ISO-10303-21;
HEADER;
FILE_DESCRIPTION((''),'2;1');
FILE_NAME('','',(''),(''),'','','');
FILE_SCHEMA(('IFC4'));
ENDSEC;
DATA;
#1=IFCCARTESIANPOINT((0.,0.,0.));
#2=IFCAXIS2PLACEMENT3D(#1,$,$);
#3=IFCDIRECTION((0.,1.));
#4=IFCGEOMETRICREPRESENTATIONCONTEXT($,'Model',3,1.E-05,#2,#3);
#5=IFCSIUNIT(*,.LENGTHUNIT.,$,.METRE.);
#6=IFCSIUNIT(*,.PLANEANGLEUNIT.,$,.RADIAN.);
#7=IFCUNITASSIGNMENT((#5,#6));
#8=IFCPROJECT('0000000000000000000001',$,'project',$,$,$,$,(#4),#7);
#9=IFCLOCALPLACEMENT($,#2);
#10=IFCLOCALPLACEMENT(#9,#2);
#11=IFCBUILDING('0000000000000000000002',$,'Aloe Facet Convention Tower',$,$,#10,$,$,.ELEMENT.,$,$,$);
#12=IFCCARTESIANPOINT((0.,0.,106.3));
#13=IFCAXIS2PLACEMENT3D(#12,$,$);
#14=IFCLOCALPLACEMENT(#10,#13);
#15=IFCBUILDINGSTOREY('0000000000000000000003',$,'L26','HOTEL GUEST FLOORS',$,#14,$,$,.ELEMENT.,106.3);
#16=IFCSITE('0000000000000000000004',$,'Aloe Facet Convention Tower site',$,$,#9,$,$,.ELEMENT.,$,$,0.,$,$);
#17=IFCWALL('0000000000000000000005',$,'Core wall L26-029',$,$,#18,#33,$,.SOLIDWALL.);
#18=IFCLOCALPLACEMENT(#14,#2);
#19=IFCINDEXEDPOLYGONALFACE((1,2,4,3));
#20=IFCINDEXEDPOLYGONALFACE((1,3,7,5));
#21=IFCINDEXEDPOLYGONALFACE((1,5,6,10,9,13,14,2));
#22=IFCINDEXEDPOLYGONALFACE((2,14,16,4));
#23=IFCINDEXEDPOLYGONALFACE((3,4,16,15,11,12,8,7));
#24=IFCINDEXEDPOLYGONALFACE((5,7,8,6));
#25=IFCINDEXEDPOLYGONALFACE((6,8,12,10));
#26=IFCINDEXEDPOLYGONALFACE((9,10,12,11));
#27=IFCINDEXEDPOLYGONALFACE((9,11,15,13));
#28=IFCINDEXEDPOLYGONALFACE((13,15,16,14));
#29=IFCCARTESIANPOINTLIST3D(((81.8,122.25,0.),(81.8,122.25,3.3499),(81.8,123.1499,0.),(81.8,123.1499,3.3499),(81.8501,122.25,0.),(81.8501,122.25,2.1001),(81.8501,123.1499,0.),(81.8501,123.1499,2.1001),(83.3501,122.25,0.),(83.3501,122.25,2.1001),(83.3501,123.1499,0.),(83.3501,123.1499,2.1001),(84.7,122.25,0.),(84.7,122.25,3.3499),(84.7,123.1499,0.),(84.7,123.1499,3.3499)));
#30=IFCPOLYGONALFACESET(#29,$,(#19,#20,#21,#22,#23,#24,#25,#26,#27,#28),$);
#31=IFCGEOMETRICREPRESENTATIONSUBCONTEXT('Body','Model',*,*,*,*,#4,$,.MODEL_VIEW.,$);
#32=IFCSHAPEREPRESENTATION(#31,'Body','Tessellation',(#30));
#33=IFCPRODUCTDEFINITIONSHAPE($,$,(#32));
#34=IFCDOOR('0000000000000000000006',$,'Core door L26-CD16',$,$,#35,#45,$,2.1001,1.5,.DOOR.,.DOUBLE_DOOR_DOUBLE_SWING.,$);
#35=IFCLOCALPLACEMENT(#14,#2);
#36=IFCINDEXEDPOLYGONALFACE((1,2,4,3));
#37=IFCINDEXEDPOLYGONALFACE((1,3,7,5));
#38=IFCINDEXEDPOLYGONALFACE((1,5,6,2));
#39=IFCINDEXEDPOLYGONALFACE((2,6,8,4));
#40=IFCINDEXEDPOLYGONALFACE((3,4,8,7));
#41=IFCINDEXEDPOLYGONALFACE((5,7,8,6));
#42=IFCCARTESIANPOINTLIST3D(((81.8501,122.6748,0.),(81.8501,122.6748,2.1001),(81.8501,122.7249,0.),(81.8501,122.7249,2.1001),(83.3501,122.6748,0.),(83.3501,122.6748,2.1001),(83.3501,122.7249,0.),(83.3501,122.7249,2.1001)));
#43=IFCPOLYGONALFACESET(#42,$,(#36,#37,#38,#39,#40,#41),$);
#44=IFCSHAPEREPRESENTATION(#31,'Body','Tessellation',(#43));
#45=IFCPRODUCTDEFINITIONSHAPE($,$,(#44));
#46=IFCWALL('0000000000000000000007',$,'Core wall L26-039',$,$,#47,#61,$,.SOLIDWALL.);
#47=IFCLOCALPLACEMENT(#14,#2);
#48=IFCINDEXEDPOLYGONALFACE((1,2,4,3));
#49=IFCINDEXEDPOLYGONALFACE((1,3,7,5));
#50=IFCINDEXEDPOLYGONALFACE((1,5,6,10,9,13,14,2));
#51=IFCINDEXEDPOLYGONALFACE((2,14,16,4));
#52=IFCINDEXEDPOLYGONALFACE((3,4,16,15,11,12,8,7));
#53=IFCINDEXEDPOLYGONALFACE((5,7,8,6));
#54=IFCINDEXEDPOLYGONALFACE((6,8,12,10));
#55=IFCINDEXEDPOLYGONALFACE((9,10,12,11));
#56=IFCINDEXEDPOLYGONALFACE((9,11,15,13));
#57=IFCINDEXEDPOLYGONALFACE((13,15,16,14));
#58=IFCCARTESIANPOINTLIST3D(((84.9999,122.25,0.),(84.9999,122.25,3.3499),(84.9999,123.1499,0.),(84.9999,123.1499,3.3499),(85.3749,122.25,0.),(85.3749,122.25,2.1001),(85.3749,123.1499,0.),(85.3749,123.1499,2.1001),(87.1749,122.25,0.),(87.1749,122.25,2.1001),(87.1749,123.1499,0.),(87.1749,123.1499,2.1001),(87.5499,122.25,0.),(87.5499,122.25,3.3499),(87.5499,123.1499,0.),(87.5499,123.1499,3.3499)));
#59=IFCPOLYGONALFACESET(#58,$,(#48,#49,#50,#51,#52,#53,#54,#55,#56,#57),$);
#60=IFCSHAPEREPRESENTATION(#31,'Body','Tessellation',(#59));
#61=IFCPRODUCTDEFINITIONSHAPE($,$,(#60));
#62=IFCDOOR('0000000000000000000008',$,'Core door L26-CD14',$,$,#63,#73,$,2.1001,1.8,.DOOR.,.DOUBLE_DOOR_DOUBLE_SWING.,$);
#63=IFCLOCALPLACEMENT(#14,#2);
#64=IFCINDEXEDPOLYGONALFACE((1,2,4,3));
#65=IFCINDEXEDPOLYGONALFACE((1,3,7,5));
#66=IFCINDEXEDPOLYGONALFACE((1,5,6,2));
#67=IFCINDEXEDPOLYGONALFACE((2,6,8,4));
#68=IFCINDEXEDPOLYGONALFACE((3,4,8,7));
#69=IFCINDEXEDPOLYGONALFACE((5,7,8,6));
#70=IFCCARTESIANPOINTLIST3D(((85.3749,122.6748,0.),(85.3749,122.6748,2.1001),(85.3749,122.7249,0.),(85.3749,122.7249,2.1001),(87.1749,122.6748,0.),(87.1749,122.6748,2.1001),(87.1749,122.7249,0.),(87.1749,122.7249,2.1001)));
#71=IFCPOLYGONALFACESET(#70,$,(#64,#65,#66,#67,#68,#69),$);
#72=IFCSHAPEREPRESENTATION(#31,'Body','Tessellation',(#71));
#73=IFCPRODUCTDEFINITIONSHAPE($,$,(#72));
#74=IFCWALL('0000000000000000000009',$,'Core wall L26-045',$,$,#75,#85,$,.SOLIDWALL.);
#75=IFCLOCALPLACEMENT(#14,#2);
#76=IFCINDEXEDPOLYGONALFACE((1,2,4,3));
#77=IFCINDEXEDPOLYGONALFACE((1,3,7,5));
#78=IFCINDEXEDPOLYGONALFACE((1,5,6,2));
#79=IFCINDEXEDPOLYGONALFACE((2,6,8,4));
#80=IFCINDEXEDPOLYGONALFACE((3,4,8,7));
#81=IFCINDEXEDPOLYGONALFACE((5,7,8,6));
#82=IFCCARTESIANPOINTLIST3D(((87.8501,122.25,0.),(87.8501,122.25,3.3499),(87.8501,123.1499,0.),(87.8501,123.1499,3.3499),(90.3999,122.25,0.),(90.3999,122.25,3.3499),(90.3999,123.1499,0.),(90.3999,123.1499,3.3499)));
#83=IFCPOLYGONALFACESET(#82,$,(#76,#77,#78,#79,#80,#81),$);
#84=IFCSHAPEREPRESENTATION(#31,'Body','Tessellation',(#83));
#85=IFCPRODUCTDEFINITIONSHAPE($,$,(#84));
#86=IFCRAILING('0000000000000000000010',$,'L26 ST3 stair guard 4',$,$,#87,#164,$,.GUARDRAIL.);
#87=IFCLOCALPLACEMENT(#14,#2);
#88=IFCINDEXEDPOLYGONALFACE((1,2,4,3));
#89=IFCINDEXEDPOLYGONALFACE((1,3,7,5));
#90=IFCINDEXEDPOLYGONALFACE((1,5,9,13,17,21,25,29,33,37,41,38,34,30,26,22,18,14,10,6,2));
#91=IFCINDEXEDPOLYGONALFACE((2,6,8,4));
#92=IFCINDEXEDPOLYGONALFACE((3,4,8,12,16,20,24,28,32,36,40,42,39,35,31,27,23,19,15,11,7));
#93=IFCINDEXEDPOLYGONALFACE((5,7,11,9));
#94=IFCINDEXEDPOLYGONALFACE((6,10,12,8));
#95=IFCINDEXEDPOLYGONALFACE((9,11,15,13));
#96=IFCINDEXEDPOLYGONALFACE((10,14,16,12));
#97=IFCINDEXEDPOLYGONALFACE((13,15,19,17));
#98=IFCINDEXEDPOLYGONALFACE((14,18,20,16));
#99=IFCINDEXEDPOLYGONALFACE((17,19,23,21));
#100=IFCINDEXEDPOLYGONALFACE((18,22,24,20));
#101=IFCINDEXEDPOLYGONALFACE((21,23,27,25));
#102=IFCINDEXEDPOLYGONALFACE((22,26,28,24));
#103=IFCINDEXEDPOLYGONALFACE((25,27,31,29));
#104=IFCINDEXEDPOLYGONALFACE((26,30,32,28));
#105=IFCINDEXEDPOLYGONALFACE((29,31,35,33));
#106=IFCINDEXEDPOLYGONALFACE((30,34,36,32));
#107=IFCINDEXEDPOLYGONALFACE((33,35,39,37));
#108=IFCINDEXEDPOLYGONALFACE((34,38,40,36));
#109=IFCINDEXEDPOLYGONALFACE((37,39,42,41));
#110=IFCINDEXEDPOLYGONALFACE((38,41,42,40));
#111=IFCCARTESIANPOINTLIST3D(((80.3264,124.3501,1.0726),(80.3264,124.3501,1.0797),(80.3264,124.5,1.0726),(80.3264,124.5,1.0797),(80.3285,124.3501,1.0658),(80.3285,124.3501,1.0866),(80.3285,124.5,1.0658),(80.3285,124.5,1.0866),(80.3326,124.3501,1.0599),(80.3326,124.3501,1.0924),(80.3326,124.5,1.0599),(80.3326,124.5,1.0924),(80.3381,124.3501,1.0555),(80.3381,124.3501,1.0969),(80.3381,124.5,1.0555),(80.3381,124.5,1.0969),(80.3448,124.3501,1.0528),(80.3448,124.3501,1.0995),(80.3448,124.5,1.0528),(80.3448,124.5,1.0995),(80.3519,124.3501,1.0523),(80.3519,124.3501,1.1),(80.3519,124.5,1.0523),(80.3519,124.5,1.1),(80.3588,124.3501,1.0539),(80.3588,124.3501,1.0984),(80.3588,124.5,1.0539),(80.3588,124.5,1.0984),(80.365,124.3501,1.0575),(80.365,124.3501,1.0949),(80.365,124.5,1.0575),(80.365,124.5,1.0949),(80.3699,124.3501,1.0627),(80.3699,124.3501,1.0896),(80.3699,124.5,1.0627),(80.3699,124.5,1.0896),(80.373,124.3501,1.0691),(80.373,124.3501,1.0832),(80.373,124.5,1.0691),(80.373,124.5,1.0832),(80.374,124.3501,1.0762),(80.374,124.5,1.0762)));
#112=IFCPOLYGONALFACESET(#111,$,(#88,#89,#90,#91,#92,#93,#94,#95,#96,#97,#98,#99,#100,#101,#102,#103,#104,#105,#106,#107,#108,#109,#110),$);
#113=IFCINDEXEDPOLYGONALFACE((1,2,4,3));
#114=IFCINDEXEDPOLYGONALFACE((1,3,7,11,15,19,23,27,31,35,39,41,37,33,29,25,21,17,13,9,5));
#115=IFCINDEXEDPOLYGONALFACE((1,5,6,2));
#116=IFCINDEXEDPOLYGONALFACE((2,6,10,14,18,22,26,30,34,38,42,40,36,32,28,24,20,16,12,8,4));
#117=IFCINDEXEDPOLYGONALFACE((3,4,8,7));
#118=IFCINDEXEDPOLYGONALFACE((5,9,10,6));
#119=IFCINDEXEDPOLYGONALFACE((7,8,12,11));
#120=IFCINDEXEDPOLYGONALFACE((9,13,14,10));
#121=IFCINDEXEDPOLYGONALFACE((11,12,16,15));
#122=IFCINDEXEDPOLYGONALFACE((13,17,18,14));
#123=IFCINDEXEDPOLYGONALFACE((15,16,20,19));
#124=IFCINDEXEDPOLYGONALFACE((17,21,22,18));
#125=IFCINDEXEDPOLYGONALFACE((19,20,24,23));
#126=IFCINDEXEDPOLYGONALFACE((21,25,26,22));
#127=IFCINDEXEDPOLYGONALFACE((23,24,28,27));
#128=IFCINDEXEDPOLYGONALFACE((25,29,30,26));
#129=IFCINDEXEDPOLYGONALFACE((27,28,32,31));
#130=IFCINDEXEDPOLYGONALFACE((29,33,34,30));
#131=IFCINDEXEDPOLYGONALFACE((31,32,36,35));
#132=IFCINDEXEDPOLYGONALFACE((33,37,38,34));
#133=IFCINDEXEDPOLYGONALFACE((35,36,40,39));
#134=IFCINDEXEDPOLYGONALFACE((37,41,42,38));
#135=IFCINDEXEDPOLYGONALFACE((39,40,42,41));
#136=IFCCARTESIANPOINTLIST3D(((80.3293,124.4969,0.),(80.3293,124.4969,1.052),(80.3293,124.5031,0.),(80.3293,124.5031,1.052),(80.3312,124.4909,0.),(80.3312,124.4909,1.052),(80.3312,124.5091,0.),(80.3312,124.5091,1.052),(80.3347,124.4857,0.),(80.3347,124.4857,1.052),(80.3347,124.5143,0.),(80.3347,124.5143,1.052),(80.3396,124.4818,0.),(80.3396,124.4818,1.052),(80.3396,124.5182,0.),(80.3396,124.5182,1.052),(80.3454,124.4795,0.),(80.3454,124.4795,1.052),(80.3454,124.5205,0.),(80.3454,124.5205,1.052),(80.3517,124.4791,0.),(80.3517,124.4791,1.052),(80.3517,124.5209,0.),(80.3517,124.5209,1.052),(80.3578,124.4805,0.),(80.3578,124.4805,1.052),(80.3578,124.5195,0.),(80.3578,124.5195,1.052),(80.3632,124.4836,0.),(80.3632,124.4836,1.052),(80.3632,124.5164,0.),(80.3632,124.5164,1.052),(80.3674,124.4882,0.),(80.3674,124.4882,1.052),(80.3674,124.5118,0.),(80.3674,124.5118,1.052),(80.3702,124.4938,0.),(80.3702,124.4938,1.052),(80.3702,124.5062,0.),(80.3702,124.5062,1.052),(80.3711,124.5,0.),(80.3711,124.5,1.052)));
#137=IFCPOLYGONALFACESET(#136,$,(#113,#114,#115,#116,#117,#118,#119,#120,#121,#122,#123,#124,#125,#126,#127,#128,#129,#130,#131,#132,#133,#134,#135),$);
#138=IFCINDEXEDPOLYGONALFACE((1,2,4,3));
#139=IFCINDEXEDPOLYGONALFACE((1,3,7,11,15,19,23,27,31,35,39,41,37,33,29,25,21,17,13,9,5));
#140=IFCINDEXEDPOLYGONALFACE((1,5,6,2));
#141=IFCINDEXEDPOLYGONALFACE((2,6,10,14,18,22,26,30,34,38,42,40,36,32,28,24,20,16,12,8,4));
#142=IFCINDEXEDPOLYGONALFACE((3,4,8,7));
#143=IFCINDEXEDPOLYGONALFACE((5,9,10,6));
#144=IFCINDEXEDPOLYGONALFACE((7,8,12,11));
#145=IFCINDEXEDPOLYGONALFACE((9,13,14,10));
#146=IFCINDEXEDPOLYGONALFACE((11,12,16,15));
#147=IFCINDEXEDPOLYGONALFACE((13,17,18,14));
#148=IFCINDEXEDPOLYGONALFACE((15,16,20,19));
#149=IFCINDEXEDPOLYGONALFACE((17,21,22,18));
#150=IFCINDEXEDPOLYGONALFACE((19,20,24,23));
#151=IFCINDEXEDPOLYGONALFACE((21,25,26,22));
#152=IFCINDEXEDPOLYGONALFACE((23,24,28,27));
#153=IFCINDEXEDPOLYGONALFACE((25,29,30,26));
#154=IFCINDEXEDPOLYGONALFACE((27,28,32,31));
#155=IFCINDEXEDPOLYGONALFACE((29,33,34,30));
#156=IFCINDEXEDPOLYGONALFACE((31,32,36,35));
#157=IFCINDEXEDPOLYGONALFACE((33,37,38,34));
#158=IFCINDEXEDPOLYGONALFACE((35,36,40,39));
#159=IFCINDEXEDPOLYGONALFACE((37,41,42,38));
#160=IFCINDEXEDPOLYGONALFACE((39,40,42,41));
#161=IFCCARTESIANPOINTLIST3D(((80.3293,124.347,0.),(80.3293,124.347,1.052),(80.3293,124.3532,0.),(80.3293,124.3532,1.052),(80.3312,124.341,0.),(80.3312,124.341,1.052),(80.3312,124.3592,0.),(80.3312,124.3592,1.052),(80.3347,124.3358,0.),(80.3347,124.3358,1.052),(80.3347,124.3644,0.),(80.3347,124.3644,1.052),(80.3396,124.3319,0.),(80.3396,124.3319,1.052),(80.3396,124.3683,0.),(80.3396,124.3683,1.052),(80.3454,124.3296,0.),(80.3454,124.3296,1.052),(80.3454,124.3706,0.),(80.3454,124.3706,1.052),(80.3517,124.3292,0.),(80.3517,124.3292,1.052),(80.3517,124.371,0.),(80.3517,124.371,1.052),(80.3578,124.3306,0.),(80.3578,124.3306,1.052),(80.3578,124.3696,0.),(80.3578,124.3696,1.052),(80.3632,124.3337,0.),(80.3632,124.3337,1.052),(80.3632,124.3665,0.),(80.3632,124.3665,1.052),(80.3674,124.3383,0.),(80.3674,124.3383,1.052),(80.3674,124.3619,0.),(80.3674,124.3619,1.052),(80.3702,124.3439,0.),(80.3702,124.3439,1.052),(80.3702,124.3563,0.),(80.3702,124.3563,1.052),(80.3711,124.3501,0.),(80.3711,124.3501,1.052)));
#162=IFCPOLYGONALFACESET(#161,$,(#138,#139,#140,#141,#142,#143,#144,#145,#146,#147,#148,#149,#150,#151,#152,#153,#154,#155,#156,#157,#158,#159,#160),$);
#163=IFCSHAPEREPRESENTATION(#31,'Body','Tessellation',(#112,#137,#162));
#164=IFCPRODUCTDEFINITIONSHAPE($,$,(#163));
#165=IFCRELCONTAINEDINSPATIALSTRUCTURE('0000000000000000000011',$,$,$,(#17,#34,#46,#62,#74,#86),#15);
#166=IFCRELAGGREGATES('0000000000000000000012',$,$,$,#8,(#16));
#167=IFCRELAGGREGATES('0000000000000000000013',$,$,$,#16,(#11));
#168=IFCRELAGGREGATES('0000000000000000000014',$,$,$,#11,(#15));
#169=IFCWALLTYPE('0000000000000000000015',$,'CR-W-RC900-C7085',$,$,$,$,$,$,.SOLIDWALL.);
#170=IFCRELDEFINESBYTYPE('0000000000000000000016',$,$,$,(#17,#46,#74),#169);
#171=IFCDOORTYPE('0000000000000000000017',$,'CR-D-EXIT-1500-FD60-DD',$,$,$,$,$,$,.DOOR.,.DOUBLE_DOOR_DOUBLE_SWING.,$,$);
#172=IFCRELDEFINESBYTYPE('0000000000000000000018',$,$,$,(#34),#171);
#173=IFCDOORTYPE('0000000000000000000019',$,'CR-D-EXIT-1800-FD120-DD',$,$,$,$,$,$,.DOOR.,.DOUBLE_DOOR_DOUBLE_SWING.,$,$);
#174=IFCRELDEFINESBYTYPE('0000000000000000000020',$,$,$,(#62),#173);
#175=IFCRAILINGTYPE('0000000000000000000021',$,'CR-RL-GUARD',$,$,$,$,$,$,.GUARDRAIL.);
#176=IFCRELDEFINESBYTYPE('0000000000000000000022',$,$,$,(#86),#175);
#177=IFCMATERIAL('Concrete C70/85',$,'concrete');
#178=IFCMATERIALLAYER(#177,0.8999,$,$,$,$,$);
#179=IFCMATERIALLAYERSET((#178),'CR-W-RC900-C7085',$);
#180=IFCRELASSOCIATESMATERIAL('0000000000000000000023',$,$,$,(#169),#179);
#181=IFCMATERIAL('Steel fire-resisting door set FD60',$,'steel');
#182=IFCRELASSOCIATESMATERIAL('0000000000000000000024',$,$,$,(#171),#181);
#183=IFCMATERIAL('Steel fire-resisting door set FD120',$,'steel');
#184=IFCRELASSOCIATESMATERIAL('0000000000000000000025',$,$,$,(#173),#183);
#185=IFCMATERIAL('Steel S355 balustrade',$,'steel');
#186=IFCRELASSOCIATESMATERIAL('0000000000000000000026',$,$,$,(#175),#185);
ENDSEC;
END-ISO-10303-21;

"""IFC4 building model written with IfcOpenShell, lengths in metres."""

from ifc_helpers import new_model, si_unit, direction, frame, frame_2d, origin, origin_2d, place, context, subcontext, project, spatial, rectangle, circle, extrude, material, layer, layer_set, type_object, element, fill, save


model = new_model("IFC4")

# Units and contexts
model_context = context("Model", 3, precision=1e-05, world=origin(), true_north=direction((0.0, 1.0)))
body_context = subcontext(model_context, "Body", "Model", "MODEL_VIEW")
ifc_project = project(units=[si_unit("LENGTHUNIT", "METRE"), si_unit("PLANEANGLEUNIT", "RADIAN")], contexts=[model_context])

# Site, building, storey
site_placement = place(None, origin())
site = spatial("IfcSite", under=ifc_project, at=site_placement, Name="Aloe Facet Convention Tower site", CompositionType="ELEMENT", RefElevation=0.0)
building_placement = place(site_placement, origin())
building = spatial("IfcBuilding", under=site, at=building_placement, Name="Aloe Facet Convention Tower", CompositionType="ELEMENT")
storey_placement = place(building_placement, frame((0.0, 0.0, 106.3)))
storey = spatial("IfcBuildingStorey", under=building, at=storey_placement, Name="L26", Description="HOTEL GUEST FLOORS", CompositionType="ELEMENT", Elevation=106.3)

# Walls, openings, doors
ifc_material_1 = material(Name="Concrete C70/85", Category="concrete")
ifc_layer_1 = layer(ifc_material_1, 0.8999)
ifc_layer_set_1 = layer_set([ifc_layer_1], Name="CR-W-RC900-C7085")
wall_type_1 = type_object("IfcWallType", Name="CR-W-RC900-C7085", PredefinedType="SOLIDWALL", material=ifc_layer_set_1)
wall_1_placement = place(storey_placement, frame((81.8, 122.7, 0.0), z_axis=(0.0, 0.0, 1.0), x_axis=(1.0, 0.0, 0.0)))
wall_1 = element("IfcWall", 1, at=wall_1_placement, inside=storey, type_object=wall_type_1, Name="Core wall L26-029", PredefinedType="SOLIDWALL", context=body_context, shape_type="SweptSolid", body=[
    extrude(rectangle(XDim=2.8999, YDim=0.8999, at=frame_2d((1.45, 0.0))), origin(), (0.0, 0.0, 1.0), 3.3499),
])
opening_1_placement = place(wall_1_placement, frame((0.05, 0.0, 0.0)))
opening_1 = element("IfcOpeningElement", 2, at=opening_1_placement, cuts=wall_1, PredefinedType="OPENING", context=body_context, shape_type="SweptSolid", body=[
    extrude(rectangle(XDim=1.5, YDim=2.1001, at=frame_2d((0.75, 1.05))), frame((0.0, 0.46, 0.0), z_axis=(0.0, -1.0, 0.0), x_axis=(1.0, 0.0, 0.0)), (0.0, 0.0, 1.0), 0.9199),
])
ifc_material_2 = material(Name="Steel fire-resisting door set FD60", Category="steel")
door_type_1 = type_object("IfcDoorType", Name="CR-D-EXIT-1500-FD60-DD", OperationType="DOUBLE_DOOR_DOUBLE_SWING", PredefinedType="DOOR", material=ifc_material_2)
door_1_placement = place(opening_1_placement, origin())
door_1 = element("IfcDoor", 3, at=door_1_placement, inside=storey, type_object=door_type_1, Name="Core door L26-CD16", OperationType="DOUBLE_DOOR_DOUBLE_SWING", OverallHeight=2.1001, OverallWidth=1.5, PredefinedType="DOOR", context=body_context, shape_type="SweptSolid", body=[
    extrude(rectangle(XDim=1.5, YDim=2.1001, at=frame_2d((0.75, 1.05))), frame((0.0, 0.0249, 0.0), z_axis=(0.0, -1.0, 0.0), x_axis=(1.0, 0.0, 0.0)), (0.0, 0.0, 1.0), 0.05),
])
fill(opening_1, door_1)
wall_2_placement = place(storey_placement, frame((85.0, 122.7, 0.0), z_axis=(0.0, 0.0, 1.0), x_axis=(1.0, 0.0, 0.0)))
wall_2 = element("IfcWall", 4, at=wall_2_placement, inside=storey, type_object=wall_type_1, Name="Core wall L26-039", PredefinedType="SOLIDWALL", context=body_context, shape_type="SweptSolid", body=[
    extrude(rectangle(XDim=2.55, YDim=0.8999, at=frame_2d((1.2749, 0.0))), origin(), (0.0, 0.0, 1.0), 3.3499),
])
opening_2_placement = place(wall_2_placement, frame((0.375, 0.0, 0.0)))
opening_2 = element("IfcOpeningElement", 5, at=opening_2_placement, cuts=wall_2, PredefinedType="OPENING", context=body_context, shape_type="SweptSolid", body=[
    extrude(rectangle(XDim=1.8, YDim=2.1001, at=frame_2d((0.8999, 1.05))), frame((0.0, 0.46, 0.0), z_axis=(0.0, -1.0, 0.0), x_axis=(1.0, 0.0, 0.0)), (0.0, 0.0, 1.0), 0.9199),
])
ifc_material_3 = material(Name="Steel fire-resisting door set FD120", Category="steel")
door_type_2 = type_object("IfcDoorType", Name="CR-D-EXIT-1800-FD120-DD", OperationType="DOUBLE_DOOR_DOUBLE_SWING", PredefinedType="DOOR", material=ifc_material_3)
door_2_placement = place(opening_2_placement, origin())
door_2 = element("IfcDoor", 6, at=door_2_placement, inside=storey, type_object=door_type_2, Name="Core door L26-CD14", OperationType="DOUBLE_DOOR_DOUBLE_SWING", OverallHeight=2.1001, OverallWidth=1.8, PredefinedType="DOOR", context=body_context, shape_type="SweptSolid", body=[
    extrude(rectangle(XDim=1.8, YDim=2.1001, at=frame_2d((0.8999, 1.05))), frame((0.0, 0.0249, 0.0), z_axis=(0.0, -1.0, 0.0), x_axis=(1.0, 0.0, 0.0)), (0.0, 0.0, 1.0), 0.05),
])
fill(opening_2, door_2)

# Wall
wall_3_placement = place(storey_placement, frame((87.8501, 122.7, 0.0), z_axis=(0.0, 0.0, 1.0), x_axis=(1.0, 0.0, 0.0)))
element("IfcWall", 7, at=wall_3_placement, inside=storey, type_object=wall_type_1, Name="Core wall L26-045", PredefinedType="SOLIDWALL", context=body_context, shape_type="SweptSolid", body=[
    extrude(rectangle(XDim=2.5498, YDim=0.8999, at=frame_2d((1.2749, 0.0))), origin(), (0.0, 0.0, 1.0), 3.3499),
])

# Railing
ifc_material_4 = material(Name="Steel S355 balustrade", Category="steel")
railing_type = type_object("IfcRailingType", Name="CR-RL-GUARD", PredefinedType="GUARDRAIL", material=ifc_material_4)
railing_placement = place(storey_placement, frame((80.3501, 124.5, 0.0)))
element("IfcRailing", 8, at=railing_placement, inside=storey, type_object=railing_type, Name="L26 ST3 stair guard 4", PredefinedType="GUARDRAIL", context=body_context, shape_type="SweptSolid", body=[
    extrude(circle(Radius=0.0239, at=origin_2d()), frame((0.0, 0.0, 1.0762), z_axis=(0.0, -1.0, 0.0), x_axis=(1.0, 0.0, 0.0)), (0.0, 0.0, 1.0), 0.1499),
    extrude(circle(Radius=0.021, at=origin_2d()), origin(), (0.0, 0.0, 1.0), 1.052),
    extrude(circle(Radius=0.021, at=origin_2d()), frame((0.0, -0.1499, 0.0)), (0.0, 0.0, 1.0), 1.052),
])

save(model, "model.ifc")
